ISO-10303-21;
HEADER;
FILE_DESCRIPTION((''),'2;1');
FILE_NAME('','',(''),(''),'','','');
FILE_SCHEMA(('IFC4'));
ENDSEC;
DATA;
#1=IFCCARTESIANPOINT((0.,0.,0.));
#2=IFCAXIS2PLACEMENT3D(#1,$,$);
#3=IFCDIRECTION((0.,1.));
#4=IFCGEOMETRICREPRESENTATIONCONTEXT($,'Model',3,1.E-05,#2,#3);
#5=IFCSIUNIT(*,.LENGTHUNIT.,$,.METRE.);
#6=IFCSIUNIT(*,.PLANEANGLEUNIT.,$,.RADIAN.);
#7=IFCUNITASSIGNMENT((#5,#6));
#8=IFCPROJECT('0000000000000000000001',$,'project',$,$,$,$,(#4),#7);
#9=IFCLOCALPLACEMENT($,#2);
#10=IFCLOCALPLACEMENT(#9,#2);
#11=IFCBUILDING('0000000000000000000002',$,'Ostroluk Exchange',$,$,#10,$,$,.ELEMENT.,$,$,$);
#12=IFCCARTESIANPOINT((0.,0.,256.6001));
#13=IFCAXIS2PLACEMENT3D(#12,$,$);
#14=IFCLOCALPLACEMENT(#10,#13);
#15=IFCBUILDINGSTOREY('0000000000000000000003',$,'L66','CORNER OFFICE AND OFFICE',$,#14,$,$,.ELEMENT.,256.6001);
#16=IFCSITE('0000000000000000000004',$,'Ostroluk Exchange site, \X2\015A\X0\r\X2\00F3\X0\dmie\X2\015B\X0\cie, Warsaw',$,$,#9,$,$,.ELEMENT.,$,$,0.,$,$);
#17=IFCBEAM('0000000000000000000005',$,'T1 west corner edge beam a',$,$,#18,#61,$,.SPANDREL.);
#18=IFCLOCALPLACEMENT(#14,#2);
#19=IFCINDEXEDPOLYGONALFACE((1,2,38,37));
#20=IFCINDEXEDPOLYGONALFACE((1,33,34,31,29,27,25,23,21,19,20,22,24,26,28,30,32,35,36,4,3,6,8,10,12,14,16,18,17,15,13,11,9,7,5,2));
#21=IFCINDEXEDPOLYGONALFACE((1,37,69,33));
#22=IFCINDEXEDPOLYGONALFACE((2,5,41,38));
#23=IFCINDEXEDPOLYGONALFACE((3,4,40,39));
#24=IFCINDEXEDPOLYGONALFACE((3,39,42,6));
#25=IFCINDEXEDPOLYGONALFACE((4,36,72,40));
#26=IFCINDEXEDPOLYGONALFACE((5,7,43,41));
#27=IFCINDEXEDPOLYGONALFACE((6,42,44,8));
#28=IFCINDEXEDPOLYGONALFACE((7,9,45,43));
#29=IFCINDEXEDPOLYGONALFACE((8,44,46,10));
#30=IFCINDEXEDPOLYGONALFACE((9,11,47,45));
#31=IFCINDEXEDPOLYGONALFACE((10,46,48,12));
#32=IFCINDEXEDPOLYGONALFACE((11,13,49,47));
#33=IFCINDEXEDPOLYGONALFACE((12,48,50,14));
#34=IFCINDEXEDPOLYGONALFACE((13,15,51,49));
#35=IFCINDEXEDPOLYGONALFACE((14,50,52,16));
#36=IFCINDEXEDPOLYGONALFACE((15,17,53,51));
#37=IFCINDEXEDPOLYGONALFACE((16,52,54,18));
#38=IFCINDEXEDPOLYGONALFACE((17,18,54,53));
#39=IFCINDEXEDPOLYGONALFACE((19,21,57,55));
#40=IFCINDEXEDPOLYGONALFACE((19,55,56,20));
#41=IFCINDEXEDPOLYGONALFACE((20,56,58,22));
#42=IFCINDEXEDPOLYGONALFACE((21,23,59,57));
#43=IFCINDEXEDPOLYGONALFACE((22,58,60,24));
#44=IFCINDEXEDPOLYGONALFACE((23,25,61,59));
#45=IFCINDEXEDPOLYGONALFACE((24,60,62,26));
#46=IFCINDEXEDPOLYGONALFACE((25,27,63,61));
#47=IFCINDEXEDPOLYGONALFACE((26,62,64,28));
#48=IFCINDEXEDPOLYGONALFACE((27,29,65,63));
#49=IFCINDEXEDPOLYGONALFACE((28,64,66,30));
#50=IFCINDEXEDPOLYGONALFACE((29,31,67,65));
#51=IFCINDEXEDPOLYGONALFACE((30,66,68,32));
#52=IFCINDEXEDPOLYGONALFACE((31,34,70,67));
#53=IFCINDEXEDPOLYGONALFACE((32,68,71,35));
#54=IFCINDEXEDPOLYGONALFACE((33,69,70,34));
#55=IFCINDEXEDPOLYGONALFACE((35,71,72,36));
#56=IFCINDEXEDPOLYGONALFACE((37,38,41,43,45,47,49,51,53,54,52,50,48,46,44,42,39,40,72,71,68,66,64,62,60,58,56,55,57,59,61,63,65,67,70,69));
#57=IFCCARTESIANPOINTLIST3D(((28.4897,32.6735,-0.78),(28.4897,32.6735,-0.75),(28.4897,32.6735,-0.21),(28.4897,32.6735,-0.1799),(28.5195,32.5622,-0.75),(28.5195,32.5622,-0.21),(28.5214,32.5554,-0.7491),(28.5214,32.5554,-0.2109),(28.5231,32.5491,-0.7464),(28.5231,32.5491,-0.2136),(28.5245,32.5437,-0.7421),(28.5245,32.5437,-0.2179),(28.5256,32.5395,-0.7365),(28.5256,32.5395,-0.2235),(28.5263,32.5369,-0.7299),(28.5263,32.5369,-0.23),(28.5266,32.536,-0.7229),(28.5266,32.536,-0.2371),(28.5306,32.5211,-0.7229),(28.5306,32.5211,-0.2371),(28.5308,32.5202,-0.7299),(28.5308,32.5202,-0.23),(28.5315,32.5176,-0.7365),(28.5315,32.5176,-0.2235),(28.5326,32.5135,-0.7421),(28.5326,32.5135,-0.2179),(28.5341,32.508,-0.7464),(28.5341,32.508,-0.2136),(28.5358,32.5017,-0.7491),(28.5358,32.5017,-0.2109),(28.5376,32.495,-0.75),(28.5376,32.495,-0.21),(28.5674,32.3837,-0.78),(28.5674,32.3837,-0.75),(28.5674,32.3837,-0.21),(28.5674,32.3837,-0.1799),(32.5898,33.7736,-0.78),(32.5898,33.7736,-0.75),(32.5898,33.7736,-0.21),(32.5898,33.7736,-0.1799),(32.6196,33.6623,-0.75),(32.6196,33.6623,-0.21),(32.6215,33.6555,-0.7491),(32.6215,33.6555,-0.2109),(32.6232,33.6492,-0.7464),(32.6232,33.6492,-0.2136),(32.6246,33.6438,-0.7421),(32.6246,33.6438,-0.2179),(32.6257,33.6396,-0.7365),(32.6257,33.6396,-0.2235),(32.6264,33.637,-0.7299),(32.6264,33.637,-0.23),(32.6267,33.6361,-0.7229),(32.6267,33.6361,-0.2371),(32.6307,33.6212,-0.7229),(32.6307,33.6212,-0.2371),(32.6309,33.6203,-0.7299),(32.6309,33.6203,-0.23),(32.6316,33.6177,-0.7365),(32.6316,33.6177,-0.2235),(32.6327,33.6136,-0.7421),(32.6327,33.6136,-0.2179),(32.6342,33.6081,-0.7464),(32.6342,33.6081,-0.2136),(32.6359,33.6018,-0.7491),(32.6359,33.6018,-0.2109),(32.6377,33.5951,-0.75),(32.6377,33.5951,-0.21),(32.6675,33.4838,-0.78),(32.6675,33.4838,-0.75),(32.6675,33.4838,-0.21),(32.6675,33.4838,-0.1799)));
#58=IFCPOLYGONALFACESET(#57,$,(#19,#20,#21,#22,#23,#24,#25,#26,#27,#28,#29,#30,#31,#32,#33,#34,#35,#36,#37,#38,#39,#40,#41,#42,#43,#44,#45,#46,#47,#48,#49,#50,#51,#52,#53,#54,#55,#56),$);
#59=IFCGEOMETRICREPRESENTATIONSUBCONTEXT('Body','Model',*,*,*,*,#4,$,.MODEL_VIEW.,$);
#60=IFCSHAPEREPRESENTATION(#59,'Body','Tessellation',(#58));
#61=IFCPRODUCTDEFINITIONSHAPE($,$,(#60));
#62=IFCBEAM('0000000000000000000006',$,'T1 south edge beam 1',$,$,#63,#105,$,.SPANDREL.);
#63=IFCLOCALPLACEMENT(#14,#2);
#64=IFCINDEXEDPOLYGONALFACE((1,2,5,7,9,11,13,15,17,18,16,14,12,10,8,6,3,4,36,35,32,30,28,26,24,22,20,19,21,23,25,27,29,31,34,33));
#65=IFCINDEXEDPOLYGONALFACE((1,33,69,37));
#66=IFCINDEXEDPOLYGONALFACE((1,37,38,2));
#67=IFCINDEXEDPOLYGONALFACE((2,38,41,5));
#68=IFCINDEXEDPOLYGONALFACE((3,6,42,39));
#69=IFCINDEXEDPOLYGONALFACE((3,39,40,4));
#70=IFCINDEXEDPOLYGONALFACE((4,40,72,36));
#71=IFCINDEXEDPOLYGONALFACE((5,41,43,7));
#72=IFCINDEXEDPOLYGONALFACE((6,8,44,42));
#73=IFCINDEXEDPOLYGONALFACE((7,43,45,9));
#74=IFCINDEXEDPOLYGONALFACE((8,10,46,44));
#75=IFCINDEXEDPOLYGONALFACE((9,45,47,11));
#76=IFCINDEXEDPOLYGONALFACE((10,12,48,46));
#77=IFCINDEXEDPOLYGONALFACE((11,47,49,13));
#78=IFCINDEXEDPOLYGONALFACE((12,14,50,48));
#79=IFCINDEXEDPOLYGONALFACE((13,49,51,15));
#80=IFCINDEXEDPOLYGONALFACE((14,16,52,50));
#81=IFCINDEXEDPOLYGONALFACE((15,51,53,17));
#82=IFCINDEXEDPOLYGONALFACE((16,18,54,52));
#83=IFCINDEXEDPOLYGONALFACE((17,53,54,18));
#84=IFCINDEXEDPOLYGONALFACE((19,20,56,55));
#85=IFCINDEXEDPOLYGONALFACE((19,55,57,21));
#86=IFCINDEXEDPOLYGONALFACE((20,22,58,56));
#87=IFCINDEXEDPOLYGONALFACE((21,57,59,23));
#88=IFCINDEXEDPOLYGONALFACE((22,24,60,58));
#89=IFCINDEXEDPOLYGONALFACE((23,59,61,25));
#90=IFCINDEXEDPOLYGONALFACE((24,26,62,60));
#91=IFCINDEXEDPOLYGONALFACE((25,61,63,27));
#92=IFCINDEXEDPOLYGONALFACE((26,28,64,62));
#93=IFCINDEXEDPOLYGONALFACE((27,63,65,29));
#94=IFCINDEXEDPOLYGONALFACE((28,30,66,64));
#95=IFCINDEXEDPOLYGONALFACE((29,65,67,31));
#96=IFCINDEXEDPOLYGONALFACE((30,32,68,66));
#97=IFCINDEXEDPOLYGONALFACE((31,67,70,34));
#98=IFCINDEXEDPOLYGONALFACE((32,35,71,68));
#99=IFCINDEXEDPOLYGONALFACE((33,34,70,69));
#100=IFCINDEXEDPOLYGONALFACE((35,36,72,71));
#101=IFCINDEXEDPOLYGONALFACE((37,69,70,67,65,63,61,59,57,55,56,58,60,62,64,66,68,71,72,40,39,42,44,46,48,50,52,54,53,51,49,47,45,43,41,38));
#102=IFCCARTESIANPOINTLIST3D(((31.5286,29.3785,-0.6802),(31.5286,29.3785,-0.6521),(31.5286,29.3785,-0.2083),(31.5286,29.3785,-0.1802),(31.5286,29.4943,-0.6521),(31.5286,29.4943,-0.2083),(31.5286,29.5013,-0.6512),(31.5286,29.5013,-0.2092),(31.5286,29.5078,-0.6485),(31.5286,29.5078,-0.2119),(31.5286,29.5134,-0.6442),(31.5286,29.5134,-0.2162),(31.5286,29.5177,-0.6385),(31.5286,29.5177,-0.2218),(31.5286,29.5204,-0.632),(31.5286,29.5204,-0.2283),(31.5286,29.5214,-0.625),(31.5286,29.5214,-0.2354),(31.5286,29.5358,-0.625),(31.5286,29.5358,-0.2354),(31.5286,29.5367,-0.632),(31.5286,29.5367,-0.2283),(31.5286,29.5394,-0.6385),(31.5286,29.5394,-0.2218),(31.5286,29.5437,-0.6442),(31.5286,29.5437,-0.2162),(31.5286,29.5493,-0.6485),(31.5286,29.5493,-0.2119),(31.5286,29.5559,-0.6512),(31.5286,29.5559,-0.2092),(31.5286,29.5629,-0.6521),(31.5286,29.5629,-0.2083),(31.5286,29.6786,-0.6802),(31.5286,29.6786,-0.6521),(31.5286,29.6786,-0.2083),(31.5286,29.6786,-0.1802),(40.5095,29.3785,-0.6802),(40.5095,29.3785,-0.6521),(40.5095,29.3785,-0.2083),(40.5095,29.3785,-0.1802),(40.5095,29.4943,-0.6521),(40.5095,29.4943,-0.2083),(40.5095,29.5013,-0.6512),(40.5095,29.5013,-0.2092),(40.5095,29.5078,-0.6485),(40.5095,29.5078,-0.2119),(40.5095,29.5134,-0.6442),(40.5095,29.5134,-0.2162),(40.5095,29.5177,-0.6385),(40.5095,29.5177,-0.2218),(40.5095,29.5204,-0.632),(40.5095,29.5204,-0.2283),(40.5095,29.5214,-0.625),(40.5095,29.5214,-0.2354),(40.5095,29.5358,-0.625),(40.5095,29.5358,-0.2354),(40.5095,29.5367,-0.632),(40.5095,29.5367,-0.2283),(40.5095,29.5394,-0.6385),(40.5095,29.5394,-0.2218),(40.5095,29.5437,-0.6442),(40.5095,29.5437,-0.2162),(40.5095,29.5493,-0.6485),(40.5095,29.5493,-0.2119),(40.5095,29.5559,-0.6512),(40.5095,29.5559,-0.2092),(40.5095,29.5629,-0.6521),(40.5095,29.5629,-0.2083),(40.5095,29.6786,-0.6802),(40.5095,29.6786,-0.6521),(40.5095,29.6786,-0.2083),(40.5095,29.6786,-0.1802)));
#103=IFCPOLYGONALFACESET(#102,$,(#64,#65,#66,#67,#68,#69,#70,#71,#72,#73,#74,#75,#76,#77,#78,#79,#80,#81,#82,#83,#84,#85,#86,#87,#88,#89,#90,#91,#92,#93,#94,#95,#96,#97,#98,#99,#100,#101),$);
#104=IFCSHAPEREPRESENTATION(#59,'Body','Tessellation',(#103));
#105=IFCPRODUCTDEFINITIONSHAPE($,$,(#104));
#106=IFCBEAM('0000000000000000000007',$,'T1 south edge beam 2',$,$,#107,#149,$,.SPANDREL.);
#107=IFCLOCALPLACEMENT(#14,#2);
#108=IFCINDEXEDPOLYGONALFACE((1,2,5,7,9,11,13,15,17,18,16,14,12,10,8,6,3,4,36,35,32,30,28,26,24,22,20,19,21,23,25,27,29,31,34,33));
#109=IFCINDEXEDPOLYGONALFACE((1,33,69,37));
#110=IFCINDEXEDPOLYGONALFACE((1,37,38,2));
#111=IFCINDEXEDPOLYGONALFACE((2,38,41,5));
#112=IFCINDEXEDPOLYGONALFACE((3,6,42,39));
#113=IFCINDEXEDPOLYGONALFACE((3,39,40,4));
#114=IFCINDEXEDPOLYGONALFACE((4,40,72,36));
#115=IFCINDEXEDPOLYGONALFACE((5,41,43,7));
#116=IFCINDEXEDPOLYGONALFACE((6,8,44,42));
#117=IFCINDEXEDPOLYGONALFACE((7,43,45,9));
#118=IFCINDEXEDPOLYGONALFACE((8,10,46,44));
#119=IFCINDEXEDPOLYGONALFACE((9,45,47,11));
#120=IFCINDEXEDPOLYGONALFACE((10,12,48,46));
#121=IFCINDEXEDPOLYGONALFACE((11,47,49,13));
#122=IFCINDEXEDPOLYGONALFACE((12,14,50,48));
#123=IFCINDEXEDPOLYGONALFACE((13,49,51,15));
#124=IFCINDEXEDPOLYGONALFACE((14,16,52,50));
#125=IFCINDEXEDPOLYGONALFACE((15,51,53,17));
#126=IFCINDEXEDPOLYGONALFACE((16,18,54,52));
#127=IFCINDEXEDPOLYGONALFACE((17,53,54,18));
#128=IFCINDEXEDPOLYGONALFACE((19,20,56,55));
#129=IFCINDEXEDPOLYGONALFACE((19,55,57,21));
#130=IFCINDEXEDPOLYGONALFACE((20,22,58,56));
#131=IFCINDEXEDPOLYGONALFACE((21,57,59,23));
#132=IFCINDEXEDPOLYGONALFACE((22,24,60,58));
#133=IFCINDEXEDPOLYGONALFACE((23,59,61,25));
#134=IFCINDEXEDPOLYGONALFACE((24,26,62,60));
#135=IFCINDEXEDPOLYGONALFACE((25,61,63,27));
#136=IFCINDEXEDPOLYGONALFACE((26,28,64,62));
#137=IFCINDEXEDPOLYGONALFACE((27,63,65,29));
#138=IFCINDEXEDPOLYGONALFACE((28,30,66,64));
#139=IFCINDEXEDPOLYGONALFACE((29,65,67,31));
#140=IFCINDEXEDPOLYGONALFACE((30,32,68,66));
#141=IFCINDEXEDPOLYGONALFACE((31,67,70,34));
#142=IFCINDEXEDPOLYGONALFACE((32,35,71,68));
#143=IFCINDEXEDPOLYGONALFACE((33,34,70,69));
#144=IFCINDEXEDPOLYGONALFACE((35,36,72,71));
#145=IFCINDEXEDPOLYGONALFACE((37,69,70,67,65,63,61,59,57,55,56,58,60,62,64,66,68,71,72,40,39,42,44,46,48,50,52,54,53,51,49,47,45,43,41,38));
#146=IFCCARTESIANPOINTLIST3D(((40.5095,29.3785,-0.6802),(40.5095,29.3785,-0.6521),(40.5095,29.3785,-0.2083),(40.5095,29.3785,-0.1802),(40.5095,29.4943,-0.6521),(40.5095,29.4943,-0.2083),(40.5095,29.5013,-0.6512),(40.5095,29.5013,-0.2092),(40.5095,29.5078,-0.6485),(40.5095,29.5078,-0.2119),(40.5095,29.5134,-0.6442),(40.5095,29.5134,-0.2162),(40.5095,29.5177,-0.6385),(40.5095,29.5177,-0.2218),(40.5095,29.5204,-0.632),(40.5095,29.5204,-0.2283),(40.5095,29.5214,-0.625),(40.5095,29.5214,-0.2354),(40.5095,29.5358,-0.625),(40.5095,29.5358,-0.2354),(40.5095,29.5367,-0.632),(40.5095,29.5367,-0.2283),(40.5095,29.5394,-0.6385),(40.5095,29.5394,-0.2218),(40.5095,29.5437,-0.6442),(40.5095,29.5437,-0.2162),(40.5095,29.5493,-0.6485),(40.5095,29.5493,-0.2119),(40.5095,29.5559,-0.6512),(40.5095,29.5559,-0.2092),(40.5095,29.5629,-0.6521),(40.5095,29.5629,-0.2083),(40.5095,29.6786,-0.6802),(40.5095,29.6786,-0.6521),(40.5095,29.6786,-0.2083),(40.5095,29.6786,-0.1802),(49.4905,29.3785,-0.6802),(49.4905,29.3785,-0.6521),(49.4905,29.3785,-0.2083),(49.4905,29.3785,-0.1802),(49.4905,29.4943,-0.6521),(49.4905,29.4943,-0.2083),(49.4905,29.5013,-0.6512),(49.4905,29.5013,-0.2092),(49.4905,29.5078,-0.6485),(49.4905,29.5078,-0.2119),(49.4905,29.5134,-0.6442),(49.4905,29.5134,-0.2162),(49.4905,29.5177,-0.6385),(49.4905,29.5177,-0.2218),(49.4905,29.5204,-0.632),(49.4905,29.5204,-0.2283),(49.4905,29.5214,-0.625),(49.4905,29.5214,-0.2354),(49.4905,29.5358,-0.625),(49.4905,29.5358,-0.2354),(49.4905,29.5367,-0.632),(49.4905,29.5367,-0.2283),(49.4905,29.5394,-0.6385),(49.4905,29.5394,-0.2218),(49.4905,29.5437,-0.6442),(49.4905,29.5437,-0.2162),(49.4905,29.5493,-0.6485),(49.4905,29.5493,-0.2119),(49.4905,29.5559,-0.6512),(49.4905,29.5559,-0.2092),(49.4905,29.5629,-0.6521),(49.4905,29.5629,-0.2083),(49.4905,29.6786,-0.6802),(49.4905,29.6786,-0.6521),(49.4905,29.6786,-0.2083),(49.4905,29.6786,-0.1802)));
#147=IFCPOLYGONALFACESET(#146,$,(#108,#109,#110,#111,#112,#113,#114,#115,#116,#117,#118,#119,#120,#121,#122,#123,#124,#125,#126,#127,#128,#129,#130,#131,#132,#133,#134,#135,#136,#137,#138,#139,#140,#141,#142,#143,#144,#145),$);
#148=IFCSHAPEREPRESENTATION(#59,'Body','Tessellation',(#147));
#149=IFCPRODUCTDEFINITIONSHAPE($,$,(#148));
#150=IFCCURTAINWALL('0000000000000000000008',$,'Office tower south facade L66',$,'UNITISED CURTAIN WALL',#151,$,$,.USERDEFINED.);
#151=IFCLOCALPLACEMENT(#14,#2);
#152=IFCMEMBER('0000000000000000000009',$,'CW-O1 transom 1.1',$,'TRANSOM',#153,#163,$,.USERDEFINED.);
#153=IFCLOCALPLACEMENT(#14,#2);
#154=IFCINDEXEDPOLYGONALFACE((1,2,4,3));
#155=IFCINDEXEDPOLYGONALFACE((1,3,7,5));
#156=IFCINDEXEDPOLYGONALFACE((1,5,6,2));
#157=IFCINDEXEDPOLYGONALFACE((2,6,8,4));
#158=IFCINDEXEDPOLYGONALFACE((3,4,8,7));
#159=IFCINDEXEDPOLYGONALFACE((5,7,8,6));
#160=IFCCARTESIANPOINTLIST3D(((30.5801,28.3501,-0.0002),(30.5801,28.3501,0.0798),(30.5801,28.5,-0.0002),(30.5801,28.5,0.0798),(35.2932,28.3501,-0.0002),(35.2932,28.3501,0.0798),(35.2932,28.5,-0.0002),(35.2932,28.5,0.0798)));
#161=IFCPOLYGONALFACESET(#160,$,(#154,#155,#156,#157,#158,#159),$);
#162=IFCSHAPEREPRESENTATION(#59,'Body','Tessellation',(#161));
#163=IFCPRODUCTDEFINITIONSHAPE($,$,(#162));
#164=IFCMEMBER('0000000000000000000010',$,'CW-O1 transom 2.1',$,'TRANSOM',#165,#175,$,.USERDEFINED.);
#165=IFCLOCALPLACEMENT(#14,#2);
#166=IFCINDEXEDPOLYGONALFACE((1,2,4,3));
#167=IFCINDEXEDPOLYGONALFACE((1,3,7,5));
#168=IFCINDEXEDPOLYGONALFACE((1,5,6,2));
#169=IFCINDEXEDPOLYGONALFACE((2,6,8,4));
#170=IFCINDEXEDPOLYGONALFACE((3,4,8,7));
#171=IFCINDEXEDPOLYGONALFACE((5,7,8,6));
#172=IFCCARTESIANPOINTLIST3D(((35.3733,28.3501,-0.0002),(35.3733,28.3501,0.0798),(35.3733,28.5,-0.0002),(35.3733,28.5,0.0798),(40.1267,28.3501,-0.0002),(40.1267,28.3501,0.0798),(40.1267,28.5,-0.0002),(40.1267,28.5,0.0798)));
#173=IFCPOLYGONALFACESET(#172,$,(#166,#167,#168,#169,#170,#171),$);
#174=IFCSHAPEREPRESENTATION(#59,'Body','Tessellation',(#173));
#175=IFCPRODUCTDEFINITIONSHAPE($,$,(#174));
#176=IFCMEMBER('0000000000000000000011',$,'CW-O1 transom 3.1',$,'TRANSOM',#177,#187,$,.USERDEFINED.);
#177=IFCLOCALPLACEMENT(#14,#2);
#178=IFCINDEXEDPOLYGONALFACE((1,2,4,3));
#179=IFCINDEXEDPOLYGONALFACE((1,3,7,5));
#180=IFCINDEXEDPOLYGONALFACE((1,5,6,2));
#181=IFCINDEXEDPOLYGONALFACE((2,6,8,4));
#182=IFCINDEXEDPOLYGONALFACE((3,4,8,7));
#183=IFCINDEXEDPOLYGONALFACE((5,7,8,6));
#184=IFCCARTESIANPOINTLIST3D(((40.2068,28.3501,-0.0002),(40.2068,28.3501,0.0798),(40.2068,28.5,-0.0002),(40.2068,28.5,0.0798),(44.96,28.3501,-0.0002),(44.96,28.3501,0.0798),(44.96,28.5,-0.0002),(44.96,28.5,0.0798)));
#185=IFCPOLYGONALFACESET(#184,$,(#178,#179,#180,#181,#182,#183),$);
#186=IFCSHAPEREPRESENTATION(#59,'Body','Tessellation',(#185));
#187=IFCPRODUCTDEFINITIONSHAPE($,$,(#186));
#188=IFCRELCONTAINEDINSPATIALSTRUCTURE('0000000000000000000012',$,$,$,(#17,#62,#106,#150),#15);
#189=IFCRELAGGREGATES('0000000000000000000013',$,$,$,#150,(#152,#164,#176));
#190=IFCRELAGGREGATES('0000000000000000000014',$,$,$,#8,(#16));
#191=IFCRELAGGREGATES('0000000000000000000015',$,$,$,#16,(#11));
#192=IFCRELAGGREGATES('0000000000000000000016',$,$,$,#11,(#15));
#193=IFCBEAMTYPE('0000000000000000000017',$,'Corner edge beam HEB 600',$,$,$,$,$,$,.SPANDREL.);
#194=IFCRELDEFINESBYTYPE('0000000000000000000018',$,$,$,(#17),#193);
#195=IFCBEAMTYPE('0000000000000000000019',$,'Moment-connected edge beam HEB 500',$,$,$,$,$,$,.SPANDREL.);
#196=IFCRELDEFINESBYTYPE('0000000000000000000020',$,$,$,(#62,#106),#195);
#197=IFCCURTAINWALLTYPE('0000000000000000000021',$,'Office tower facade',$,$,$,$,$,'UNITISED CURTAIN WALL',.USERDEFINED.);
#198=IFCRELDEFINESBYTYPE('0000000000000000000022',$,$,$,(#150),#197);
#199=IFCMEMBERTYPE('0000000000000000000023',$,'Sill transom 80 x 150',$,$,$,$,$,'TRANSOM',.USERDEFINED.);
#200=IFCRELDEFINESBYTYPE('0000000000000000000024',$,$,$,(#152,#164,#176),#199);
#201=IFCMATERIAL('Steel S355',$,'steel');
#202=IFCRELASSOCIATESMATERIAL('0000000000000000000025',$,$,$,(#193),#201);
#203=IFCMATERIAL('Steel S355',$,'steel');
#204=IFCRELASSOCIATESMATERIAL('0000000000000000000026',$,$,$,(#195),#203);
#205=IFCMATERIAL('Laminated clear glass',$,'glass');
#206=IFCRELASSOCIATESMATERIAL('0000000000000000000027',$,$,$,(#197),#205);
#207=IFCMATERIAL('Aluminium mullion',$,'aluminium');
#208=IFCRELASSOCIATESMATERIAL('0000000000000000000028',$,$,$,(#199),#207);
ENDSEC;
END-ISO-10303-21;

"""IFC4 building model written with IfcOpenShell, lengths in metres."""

from ifc_helpers import new_model, si_unit, direction, frame, origin, origin_2d, place, context, subcontext, project, spatial, rectangle, i_section, extrude, material, material_profile, profile_set, type_object, element, aggregate, save


model = new_model("IFC4")

# Units and contexts
model_context = context("Model", 3, precision=1e-05, world=origin(), true_north=direction((0.0, 1.0)))
body_context = subcontext(model_context, "Body", "Model", "MODEL_VIEW")
ifc_project = project(units=[si_unit("LENGTHUNIT", "METRE"), si_unit("PLANEANGLEUNIT", "RADIAN")], contexts=[model_context])

# Site, building, storey
site_placement = place(None, origin())
site = spatial("IfcSite", under=ifc_project, at=site_placement, Name="Ostroluk Exchange site, Śródmieście, Warsaw", CompositionType="ELEMENT", RefElevation=0.0)
building_placement = place(site_placement, origin())
building = spatial("IfcBuilding", under=site, at=building_placement, Name="Ostroluk Exchange", CompositionType="ELEMENT")
storey_placement = place(building_placement, frame((0.0, 0.0, 256.6001)))
storey = spatial("IfcBuildingStorey", under=building, at=storey_placement, Name="L66", Description="CORNER OFFICE AND OFFICE", CompositionType="ELEMENT", Elevation=256.6001)

# Beams
ifc_material_1 = material(Name="Steel S355", Category="steel")
ifc_material_profile_1 = material_profile(ifc_material_1, i_section(OverallWidth=0.3, OverallDepth=0.6001, WebThickness=0.0154, FlangeThickness=0.03, FilletRadius=0.0271, at=origin_2d()), Name="HEB 600")
ifc_profile_set_1 = profile_set([ifc_material_profile_1], Name="Steel S355")
beam_type_1 = type_object("IfcBeamType", Name="Corner edge beam HEB 600", PredefinedType="SPANDREL", material=ifc_profile_set_1)
beam_placement = place(storey_placement, frame((32.6287, 33.6287, -0.48), z_axis=(-0.965839, -0.259144, 0.0), x_axis=(0.259144, -0.965839, 0.0)))
element("IfcBeam", 1, at=beam_placement, inside=storey, type_object=beam_type_1, Name="T1 west corner edge beam a", PredefinedType="SPANDREL", context=body_context, shape_type="SweptSolid", body=[
    extrude(i_section(OverallWidth=0.3, OverallDepth=0.6001, WebThickness=0.0154, FlangeThickness=0.03, FilletRadius=0.0271, at=origin_2d()), origin(), (0.0, 0.0, 1.0), 4.2451),
])
ifc_material_2 = material(Name="Steel S355", Category="steel")
ifc_material_profile_2 = material_profile(ifc_material_2, i_section(OverallWidth=0.3, OverallDepth=0.5, WebThickness=0.0144, FlangeThickness=0.0281, FilletRadius=0.0271, at=origin_2d()), Name="HEB 500")
ifc_profile_set_2 = profile_set([ifc_material_profile_2], Name="Steel S355")
beam_type_2 = type_object("IfcBeamType", Name="Moment-connected edge beam HEB 500", PredefinedType="SPANDREL", material=ifc_profile_set_2)
for number, where, z_axis, x_axis, name in (
    (2, (31.5286, 29.5286, -0.4302), (1.0, 0.0, 0.0), (0.0, 1.0, 0.0), "T1 south edge beam 1"),
    (3, (40.5095, 29.5286, -0.4302), (1.0, 0.0, 0.0), (0.0, 1.0, 0.0), "T1 south edge beam 2"),
):
    element("IfcBeam", number, at=place(storey_placement, frame(where, z_axis=z_axis, x_axis=x_axis)), inside=storey, type_object=beam_type_2, Name=name, PredefinedType="SPANDREL", context=body_context, shape_type="SweptSolid", body=[
        extrude(i_section(OverallWidth=0.3, OverallDepth=0.5, WebThickness=0.0144, FlangeThickness=0.0281, FilletRadius=0.0271, at=origin_2d()), origin(), (0.0, 0.0, 1.0), 8.981),
    ])

# Curtain wall, members
ifc_material_3 = material(Name="Laminated clear glass", Category="glass")
curtain_wall_type = type_object("IfcCurtainWallType", Name="Office tower facade", ElementType="UNITISED CURTAIN WALL", PredefinedType="USERDEFINED", material=ifc_material_3)
curtain_wall_1_placement = place(storey_placement, origin())
curtain_wall_1 = element("IfcCurtainWall", 4, at=curtain_wall_1_placement, inside=storey, type_object=curtain_wall_type, Name="Office tower south facade L66", ObjectType="UNITISED CURTAIN WALL", PredefinedType="USERDEFINED")
ifc_material_4 = material(Name="Aluminium mullion", Category="aluminium")
ifc_material_profile_3 = material_profile(ifc_material_4, rectangle(XDim=0.1499, YDim=0.0801, at=origin_2d()), Name="Sill transom 80 x 150")
ifc_profile_set_3 = profile_set([ifc_material_profile_3], Name="Aluminium mullion")
member_type_1 = type_object("IfcMemberType", Name="Sill transom 80 x 150", ElementType="TRANSOM", PredefinedType="USERDEFINED", material=ifc_profile_set_3)
member_1_placement = place(storey_placement, frame((30.5801, 28.425, 0.0398), z_axis=(1.0, 0.0, 0.0), x_axis=(0.0, 1.0, 0.0)))
member_1 = element("IfcMember", 5, at=member_1_placement, type_object=member_type_1, Name="CW-O1 transom 1.1", ObjectType="TRANSOM", PredefinedType="USERDEFINED", context=body_context, shape_type="SweptSolid", body=[
    extrude(rectangle(XDim=0.1499, YDim=0.0801, at=origin_2d()), origin(), (0.0, 0.0, 1.0), 4.7131),
])
member_2_placement = place(storey_placement, frame((35.3733, 28.425, 0.0398), z_axis=(1.0, 0.0, 0.0), x_axis=(0.0, 1.0, 0.0)))
member_2 = element("IfcMember", 6, at=member_2_placement, type_object=member_type_1, Name="CW-O1 transom 2.1", ObjectType="TRANSOM", PredefinedType="USERDEFINED", context=body_context, shape_type="SweptSolid", body=[
    extrude(rectangle(XDim=0.1499, YDim=0.0801, at=origin_2d()), origin(), (0.0, 0.0, 1.0), 4.7534),
])
member_3_placement = place(storey_placement, frame((40.2068, 28.425, 0.0398), z_axis=(1.0, 0.0, 0.0), x_axis=(0.0, 1.0, 0.0)))
member_3 = element("IfcMember", 7, at=member_3_placement, type_object=member_type_1, Name="CW-O1 transom 3.1", ObjectType="TRANSOM", PredefinedType="USERDEFINED", context=body_context, shape_type="SweptSolid", body=[
    extrude(rectangle(XDim=0.1499, YDim=0.0801, at=origin_2d()), origin(), (0.0, 0.0, 1.0), 4.7532),
])

aggregate(curtain_wall_1, [member_1, member_2, member_3])

save(model, "model.ifc")
